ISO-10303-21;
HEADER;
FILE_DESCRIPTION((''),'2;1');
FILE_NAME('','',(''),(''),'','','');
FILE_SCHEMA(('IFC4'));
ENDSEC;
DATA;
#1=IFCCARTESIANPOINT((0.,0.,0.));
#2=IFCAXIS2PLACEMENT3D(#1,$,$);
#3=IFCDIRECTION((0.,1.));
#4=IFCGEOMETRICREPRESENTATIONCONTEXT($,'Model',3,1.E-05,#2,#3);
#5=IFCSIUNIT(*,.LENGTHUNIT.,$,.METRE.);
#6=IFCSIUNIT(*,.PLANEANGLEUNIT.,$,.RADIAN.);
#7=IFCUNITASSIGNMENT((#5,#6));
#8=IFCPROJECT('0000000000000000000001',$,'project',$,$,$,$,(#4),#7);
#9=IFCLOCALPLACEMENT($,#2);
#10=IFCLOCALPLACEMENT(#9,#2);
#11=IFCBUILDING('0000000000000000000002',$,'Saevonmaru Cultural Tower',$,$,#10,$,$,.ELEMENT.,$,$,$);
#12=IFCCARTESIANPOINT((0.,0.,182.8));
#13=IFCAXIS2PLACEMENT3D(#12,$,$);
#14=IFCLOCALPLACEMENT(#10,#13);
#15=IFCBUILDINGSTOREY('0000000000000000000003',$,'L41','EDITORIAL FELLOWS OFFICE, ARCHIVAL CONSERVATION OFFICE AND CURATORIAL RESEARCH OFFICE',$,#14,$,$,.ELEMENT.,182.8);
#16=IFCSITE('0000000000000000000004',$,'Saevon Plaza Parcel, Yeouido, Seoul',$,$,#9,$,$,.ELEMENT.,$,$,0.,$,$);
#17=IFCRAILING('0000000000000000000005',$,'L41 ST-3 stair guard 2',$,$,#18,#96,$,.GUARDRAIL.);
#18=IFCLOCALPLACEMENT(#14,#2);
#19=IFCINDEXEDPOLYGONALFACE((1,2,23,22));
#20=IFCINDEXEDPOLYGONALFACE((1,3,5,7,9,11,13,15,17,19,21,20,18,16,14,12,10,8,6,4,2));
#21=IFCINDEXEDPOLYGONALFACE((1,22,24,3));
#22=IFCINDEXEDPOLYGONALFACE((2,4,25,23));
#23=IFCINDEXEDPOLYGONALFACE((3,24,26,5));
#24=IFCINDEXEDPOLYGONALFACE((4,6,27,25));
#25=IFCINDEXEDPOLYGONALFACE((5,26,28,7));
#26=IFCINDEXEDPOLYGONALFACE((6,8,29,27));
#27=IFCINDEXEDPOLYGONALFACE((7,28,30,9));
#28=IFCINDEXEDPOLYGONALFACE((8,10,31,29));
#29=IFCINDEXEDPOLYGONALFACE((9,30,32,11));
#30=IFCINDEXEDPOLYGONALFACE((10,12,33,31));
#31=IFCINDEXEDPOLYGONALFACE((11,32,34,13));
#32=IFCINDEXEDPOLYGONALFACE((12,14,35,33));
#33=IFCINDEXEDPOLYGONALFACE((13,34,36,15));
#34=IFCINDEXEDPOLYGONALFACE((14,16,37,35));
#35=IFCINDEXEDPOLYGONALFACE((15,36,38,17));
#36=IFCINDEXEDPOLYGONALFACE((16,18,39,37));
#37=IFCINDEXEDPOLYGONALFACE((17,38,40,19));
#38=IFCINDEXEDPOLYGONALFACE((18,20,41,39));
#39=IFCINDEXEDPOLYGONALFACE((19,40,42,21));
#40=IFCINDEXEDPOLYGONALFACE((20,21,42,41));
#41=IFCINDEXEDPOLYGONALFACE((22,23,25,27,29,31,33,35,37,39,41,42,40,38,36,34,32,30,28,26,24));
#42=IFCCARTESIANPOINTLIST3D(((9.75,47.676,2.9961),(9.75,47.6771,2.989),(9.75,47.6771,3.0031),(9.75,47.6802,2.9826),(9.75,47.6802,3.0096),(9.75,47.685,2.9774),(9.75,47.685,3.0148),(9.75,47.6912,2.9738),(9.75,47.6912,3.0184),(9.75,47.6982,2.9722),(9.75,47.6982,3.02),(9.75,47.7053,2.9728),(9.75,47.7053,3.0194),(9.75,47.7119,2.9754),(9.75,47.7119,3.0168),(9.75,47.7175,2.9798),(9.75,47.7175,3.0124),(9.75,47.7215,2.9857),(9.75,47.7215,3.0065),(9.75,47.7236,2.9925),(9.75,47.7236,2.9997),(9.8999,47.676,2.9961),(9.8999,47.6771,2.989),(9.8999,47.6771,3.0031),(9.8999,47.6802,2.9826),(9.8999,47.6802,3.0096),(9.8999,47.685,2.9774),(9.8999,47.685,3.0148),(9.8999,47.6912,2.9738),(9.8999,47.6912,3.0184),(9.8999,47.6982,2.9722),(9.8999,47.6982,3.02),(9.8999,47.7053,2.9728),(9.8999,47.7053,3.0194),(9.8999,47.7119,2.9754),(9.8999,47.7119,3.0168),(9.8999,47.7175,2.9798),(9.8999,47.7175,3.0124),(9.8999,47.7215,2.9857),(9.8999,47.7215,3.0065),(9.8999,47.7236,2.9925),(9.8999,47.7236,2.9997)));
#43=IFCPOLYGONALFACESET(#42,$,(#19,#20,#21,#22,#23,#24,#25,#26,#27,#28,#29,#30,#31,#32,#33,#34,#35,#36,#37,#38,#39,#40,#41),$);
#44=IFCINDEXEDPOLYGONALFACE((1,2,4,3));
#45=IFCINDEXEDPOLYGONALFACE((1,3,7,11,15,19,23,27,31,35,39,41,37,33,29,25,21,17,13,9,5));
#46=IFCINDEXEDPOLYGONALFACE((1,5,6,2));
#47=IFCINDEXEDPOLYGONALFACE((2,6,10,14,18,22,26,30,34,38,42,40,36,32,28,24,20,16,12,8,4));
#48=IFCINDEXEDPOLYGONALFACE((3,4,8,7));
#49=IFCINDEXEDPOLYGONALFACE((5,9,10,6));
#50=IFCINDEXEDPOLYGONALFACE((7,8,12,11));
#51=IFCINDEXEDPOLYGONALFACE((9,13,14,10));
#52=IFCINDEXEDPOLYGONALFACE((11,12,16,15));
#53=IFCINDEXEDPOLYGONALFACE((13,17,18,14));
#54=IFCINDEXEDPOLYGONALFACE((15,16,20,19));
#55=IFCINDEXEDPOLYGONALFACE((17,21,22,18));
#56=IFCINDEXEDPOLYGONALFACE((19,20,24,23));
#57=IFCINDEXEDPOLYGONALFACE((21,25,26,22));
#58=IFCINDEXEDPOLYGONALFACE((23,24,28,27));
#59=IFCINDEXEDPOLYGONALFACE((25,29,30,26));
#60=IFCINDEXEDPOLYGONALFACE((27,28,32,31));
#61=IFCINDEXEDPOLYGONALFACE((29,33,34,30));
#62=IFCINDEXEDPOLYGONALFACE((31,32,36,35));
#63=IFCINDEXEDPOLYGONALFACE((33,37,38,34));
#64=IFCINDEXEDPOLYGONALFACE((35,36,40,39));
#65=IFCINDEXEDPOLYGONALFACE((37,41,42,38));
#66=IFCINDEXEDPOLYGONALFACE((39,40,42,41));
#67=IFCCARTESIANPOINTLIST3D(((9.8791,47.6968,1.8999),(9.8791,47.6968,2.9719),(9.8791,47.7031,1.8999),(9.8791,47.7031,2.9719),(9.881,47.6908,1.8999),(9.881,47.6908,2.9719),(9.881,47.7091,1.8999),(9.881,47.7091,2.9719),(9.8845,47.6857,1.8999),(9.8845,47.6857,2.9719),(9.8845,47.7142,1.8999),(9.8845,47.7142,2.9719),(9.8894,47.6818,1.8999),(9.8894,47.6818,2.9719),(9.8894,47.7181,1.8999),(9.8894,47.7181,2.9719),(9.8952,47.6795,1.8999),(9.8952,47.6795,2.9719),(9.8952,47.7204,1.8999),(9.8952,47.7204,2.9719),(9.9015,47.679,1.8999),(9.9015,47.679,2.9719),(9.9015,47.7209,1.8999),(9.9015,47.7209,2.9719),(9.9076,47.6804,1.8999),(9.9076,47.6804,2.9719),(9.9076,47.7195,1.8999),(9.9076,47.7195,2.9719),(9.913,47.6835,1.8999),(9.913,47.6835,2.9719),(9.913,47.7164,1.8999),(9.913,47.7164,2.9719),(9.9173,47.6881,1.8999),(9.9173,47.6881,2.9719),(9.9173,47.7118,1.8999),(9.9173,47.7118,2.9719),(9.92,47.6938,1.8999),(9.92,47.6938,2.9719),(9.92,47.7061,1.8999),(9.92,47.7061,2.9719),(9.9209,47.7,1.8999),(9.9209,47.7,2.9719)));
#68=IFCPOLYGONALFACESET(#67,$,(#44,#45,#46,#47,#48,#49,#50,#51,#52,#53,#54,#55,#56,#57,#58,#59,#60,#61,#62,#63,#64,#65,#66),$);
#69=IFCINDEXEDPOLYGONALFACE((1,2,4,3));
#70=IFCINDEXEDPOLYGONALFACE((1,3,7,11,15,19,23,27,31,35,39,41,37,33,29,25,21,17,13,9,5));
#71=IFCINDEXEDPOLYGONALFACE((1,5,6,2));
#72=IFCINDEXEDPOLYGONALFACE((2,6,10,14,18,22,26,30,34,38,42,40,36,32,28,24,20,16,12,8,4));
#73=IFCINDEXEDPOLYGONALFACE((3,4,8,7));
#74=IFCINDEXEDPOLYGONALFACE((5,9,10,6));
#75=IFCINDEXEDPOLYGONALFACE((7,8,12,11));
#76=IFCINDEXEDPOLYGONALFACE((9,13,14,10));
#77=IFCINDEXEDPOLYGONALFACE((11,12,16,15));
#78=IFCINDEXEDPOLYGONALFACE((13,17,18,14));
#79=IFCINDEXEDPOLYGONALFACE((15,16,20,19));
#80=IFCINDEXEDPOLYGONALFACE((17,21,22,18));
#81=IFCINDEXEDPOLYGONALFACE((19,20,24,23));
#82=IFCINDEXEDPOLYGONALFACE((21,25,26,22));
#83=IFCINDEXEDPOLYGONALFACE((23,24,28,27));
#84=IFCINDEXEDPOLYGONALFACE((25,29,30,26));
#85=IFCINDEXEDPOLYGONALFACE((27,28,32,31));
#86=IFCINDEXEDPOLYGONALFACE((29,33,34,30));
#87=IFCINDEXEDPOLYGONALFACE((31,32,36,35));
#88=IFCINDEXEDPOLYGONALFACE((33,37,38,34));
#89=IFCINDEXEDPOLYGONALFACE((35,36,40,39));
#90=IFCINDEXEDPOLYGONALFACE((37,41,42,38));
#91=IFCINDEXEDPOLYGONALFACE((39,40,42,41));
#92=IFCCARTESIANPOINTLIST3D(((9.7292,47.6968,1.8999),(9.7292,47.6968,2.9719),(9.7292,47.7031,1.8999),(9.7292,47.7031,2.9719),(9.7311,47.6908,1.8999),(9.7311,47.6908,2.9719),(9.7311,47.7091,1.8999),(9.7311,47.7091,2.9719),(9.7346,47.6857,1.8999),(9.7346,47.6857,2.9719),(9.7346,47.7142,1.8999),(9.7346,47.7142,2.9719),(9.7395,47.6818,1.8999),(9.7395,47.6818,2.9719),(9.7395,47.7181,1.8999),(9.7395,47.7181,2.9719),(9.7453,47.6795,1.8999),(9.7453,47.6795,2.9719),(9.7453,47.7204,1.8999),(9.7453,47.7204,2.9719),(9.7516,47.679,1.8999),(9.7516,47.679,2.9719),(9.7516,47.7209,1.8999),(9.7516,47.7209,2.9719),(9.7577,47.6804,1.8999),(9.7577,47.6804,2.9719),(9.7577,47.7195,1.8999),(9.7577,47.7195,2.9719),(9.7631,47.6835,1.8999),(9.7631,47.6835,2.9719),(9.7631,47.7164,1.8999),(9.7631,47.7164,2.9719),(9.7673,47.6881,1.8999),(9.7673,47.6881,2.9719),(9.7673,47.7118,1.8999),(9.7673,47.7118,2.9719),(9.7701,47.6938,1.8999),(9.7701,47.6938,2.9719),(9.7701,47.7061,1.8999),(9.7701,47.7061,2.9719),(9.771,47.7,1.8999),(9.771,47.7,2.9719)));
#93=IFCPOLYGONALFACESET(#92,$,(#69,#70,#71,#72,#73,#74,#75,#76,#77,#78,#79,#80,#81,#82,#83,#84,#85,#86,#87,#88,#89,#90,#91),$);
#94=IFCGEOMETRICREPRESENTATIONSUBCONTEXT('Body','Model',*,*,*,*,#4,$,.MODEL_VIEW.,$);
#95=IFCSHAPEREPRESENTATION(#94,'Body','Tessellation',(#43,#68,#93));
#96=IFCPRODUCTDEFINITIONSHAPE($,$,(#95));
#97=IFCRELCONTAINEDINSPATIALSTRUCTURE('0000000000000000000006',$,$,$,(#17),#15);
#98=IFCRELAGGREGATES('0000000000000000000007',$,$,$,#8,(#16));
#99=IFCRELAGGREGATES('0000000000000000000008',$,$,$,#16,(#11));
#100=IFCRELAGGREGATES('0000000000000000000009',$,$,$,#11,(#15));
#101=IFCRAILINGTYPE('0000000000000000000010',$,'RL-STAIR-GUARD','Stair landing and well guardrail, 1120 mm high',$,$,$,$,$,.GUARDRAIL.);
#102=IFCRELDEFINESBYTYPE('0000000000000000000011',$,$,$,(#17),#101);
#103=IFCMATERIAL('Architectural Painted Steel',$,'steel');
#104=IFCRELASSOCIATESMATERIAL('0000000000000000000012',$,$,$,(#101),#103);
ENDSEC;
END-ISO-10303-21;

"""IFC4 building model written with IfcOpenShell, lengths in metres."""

from ifc_helpers import new_model, si_unit, direction, frame, origin, origin_2d, place, context, subcontext, project, spatial, circle, extrude, material, type_object, element, save


model = new_model("IFC4")

# Units and contexts
model_context = context("Model", 3, precision=1e-05, world=origin(), true_north=direction((0.0, 1.0)))
body_context = subcontext(model_context, "Body", "Model", "MODEL_VIEW")
ifc_project = project(units=[si_unit("LENGTHUNIT", "METRE"), si_unit("PLANEANGLEUNIT", "RADIAN")], contexts=[model_context])

# Site, building, storey
site_placement = place(None, origin())
site = spatial("IfcSite", under=ifc_project, at=site_placement, Name="Saevon Plaza Parcel, Yeouido, Seoul", CompositionType="ELEMENT", RefElevation=0.0)
building_placement = place(site_placement, origin())
building = spatial("IfcBuilding", under=site, at=building_placement, Name="Saevonmaru Cultural Tower", CompositionType="ELEMENT")
storey_placement = place(building_placement, frame((0.0, 0.0, 182.8)))
storey = spatial("IfcBuildingStorey", under=building, at=storey_placement, Name="L41", Description="EDITORIAL FELLOWS OFFICE, ARCHIVAL CONSERVATION OFFICE AND CURATORIAL RESEARCH OFFICE", CompositionType="ELEMENT", Elevation=182.8)

# Railing
ifc_material_1 = material(Name="Architectural Painted Steel", Category="steel")
railing_type_1 = type_object("IfcRailingType", Name="RL-STAIR-GUARD", Description="Stair landing and well guardrail, 1120 mm high", PredefinedType="GUARDRAIL", material=ifc_material_1)
railing_1_placement = place(storey_placement, frame((9.8999, 47.7, 1.8999)))
element("IfcRailing", 1, at=railing_1_placement, inside=storey, type_object=railing_type_1, Name="L41 ST-3 stair guard 2", PredefinedType="GUARDRAIL", context=body_context, shape_type="SweptSolid", body=[
    extrude(circle(Radius=0.0239, at=origin_2d()), frame((0.0, 0.0, 1.0962), z_axis=(-1.0, 0.0, 0.0), x_axis=(0.0, -1.0, 0.0)), (0.0, 0.0, 1.0), 0.1499),
    extrude(circle(Radius=0.021, at=origin_2d()), origin(), (0.0, 0.0, 1.0), 1.072),
    extrude(circle(Radius=0.021, at=origin_2d()), frame((-0.1499, 0.0, 0.0)), (0.0, 0.0, 1.0), 1.072),
])

save(model, "model.ifc")
